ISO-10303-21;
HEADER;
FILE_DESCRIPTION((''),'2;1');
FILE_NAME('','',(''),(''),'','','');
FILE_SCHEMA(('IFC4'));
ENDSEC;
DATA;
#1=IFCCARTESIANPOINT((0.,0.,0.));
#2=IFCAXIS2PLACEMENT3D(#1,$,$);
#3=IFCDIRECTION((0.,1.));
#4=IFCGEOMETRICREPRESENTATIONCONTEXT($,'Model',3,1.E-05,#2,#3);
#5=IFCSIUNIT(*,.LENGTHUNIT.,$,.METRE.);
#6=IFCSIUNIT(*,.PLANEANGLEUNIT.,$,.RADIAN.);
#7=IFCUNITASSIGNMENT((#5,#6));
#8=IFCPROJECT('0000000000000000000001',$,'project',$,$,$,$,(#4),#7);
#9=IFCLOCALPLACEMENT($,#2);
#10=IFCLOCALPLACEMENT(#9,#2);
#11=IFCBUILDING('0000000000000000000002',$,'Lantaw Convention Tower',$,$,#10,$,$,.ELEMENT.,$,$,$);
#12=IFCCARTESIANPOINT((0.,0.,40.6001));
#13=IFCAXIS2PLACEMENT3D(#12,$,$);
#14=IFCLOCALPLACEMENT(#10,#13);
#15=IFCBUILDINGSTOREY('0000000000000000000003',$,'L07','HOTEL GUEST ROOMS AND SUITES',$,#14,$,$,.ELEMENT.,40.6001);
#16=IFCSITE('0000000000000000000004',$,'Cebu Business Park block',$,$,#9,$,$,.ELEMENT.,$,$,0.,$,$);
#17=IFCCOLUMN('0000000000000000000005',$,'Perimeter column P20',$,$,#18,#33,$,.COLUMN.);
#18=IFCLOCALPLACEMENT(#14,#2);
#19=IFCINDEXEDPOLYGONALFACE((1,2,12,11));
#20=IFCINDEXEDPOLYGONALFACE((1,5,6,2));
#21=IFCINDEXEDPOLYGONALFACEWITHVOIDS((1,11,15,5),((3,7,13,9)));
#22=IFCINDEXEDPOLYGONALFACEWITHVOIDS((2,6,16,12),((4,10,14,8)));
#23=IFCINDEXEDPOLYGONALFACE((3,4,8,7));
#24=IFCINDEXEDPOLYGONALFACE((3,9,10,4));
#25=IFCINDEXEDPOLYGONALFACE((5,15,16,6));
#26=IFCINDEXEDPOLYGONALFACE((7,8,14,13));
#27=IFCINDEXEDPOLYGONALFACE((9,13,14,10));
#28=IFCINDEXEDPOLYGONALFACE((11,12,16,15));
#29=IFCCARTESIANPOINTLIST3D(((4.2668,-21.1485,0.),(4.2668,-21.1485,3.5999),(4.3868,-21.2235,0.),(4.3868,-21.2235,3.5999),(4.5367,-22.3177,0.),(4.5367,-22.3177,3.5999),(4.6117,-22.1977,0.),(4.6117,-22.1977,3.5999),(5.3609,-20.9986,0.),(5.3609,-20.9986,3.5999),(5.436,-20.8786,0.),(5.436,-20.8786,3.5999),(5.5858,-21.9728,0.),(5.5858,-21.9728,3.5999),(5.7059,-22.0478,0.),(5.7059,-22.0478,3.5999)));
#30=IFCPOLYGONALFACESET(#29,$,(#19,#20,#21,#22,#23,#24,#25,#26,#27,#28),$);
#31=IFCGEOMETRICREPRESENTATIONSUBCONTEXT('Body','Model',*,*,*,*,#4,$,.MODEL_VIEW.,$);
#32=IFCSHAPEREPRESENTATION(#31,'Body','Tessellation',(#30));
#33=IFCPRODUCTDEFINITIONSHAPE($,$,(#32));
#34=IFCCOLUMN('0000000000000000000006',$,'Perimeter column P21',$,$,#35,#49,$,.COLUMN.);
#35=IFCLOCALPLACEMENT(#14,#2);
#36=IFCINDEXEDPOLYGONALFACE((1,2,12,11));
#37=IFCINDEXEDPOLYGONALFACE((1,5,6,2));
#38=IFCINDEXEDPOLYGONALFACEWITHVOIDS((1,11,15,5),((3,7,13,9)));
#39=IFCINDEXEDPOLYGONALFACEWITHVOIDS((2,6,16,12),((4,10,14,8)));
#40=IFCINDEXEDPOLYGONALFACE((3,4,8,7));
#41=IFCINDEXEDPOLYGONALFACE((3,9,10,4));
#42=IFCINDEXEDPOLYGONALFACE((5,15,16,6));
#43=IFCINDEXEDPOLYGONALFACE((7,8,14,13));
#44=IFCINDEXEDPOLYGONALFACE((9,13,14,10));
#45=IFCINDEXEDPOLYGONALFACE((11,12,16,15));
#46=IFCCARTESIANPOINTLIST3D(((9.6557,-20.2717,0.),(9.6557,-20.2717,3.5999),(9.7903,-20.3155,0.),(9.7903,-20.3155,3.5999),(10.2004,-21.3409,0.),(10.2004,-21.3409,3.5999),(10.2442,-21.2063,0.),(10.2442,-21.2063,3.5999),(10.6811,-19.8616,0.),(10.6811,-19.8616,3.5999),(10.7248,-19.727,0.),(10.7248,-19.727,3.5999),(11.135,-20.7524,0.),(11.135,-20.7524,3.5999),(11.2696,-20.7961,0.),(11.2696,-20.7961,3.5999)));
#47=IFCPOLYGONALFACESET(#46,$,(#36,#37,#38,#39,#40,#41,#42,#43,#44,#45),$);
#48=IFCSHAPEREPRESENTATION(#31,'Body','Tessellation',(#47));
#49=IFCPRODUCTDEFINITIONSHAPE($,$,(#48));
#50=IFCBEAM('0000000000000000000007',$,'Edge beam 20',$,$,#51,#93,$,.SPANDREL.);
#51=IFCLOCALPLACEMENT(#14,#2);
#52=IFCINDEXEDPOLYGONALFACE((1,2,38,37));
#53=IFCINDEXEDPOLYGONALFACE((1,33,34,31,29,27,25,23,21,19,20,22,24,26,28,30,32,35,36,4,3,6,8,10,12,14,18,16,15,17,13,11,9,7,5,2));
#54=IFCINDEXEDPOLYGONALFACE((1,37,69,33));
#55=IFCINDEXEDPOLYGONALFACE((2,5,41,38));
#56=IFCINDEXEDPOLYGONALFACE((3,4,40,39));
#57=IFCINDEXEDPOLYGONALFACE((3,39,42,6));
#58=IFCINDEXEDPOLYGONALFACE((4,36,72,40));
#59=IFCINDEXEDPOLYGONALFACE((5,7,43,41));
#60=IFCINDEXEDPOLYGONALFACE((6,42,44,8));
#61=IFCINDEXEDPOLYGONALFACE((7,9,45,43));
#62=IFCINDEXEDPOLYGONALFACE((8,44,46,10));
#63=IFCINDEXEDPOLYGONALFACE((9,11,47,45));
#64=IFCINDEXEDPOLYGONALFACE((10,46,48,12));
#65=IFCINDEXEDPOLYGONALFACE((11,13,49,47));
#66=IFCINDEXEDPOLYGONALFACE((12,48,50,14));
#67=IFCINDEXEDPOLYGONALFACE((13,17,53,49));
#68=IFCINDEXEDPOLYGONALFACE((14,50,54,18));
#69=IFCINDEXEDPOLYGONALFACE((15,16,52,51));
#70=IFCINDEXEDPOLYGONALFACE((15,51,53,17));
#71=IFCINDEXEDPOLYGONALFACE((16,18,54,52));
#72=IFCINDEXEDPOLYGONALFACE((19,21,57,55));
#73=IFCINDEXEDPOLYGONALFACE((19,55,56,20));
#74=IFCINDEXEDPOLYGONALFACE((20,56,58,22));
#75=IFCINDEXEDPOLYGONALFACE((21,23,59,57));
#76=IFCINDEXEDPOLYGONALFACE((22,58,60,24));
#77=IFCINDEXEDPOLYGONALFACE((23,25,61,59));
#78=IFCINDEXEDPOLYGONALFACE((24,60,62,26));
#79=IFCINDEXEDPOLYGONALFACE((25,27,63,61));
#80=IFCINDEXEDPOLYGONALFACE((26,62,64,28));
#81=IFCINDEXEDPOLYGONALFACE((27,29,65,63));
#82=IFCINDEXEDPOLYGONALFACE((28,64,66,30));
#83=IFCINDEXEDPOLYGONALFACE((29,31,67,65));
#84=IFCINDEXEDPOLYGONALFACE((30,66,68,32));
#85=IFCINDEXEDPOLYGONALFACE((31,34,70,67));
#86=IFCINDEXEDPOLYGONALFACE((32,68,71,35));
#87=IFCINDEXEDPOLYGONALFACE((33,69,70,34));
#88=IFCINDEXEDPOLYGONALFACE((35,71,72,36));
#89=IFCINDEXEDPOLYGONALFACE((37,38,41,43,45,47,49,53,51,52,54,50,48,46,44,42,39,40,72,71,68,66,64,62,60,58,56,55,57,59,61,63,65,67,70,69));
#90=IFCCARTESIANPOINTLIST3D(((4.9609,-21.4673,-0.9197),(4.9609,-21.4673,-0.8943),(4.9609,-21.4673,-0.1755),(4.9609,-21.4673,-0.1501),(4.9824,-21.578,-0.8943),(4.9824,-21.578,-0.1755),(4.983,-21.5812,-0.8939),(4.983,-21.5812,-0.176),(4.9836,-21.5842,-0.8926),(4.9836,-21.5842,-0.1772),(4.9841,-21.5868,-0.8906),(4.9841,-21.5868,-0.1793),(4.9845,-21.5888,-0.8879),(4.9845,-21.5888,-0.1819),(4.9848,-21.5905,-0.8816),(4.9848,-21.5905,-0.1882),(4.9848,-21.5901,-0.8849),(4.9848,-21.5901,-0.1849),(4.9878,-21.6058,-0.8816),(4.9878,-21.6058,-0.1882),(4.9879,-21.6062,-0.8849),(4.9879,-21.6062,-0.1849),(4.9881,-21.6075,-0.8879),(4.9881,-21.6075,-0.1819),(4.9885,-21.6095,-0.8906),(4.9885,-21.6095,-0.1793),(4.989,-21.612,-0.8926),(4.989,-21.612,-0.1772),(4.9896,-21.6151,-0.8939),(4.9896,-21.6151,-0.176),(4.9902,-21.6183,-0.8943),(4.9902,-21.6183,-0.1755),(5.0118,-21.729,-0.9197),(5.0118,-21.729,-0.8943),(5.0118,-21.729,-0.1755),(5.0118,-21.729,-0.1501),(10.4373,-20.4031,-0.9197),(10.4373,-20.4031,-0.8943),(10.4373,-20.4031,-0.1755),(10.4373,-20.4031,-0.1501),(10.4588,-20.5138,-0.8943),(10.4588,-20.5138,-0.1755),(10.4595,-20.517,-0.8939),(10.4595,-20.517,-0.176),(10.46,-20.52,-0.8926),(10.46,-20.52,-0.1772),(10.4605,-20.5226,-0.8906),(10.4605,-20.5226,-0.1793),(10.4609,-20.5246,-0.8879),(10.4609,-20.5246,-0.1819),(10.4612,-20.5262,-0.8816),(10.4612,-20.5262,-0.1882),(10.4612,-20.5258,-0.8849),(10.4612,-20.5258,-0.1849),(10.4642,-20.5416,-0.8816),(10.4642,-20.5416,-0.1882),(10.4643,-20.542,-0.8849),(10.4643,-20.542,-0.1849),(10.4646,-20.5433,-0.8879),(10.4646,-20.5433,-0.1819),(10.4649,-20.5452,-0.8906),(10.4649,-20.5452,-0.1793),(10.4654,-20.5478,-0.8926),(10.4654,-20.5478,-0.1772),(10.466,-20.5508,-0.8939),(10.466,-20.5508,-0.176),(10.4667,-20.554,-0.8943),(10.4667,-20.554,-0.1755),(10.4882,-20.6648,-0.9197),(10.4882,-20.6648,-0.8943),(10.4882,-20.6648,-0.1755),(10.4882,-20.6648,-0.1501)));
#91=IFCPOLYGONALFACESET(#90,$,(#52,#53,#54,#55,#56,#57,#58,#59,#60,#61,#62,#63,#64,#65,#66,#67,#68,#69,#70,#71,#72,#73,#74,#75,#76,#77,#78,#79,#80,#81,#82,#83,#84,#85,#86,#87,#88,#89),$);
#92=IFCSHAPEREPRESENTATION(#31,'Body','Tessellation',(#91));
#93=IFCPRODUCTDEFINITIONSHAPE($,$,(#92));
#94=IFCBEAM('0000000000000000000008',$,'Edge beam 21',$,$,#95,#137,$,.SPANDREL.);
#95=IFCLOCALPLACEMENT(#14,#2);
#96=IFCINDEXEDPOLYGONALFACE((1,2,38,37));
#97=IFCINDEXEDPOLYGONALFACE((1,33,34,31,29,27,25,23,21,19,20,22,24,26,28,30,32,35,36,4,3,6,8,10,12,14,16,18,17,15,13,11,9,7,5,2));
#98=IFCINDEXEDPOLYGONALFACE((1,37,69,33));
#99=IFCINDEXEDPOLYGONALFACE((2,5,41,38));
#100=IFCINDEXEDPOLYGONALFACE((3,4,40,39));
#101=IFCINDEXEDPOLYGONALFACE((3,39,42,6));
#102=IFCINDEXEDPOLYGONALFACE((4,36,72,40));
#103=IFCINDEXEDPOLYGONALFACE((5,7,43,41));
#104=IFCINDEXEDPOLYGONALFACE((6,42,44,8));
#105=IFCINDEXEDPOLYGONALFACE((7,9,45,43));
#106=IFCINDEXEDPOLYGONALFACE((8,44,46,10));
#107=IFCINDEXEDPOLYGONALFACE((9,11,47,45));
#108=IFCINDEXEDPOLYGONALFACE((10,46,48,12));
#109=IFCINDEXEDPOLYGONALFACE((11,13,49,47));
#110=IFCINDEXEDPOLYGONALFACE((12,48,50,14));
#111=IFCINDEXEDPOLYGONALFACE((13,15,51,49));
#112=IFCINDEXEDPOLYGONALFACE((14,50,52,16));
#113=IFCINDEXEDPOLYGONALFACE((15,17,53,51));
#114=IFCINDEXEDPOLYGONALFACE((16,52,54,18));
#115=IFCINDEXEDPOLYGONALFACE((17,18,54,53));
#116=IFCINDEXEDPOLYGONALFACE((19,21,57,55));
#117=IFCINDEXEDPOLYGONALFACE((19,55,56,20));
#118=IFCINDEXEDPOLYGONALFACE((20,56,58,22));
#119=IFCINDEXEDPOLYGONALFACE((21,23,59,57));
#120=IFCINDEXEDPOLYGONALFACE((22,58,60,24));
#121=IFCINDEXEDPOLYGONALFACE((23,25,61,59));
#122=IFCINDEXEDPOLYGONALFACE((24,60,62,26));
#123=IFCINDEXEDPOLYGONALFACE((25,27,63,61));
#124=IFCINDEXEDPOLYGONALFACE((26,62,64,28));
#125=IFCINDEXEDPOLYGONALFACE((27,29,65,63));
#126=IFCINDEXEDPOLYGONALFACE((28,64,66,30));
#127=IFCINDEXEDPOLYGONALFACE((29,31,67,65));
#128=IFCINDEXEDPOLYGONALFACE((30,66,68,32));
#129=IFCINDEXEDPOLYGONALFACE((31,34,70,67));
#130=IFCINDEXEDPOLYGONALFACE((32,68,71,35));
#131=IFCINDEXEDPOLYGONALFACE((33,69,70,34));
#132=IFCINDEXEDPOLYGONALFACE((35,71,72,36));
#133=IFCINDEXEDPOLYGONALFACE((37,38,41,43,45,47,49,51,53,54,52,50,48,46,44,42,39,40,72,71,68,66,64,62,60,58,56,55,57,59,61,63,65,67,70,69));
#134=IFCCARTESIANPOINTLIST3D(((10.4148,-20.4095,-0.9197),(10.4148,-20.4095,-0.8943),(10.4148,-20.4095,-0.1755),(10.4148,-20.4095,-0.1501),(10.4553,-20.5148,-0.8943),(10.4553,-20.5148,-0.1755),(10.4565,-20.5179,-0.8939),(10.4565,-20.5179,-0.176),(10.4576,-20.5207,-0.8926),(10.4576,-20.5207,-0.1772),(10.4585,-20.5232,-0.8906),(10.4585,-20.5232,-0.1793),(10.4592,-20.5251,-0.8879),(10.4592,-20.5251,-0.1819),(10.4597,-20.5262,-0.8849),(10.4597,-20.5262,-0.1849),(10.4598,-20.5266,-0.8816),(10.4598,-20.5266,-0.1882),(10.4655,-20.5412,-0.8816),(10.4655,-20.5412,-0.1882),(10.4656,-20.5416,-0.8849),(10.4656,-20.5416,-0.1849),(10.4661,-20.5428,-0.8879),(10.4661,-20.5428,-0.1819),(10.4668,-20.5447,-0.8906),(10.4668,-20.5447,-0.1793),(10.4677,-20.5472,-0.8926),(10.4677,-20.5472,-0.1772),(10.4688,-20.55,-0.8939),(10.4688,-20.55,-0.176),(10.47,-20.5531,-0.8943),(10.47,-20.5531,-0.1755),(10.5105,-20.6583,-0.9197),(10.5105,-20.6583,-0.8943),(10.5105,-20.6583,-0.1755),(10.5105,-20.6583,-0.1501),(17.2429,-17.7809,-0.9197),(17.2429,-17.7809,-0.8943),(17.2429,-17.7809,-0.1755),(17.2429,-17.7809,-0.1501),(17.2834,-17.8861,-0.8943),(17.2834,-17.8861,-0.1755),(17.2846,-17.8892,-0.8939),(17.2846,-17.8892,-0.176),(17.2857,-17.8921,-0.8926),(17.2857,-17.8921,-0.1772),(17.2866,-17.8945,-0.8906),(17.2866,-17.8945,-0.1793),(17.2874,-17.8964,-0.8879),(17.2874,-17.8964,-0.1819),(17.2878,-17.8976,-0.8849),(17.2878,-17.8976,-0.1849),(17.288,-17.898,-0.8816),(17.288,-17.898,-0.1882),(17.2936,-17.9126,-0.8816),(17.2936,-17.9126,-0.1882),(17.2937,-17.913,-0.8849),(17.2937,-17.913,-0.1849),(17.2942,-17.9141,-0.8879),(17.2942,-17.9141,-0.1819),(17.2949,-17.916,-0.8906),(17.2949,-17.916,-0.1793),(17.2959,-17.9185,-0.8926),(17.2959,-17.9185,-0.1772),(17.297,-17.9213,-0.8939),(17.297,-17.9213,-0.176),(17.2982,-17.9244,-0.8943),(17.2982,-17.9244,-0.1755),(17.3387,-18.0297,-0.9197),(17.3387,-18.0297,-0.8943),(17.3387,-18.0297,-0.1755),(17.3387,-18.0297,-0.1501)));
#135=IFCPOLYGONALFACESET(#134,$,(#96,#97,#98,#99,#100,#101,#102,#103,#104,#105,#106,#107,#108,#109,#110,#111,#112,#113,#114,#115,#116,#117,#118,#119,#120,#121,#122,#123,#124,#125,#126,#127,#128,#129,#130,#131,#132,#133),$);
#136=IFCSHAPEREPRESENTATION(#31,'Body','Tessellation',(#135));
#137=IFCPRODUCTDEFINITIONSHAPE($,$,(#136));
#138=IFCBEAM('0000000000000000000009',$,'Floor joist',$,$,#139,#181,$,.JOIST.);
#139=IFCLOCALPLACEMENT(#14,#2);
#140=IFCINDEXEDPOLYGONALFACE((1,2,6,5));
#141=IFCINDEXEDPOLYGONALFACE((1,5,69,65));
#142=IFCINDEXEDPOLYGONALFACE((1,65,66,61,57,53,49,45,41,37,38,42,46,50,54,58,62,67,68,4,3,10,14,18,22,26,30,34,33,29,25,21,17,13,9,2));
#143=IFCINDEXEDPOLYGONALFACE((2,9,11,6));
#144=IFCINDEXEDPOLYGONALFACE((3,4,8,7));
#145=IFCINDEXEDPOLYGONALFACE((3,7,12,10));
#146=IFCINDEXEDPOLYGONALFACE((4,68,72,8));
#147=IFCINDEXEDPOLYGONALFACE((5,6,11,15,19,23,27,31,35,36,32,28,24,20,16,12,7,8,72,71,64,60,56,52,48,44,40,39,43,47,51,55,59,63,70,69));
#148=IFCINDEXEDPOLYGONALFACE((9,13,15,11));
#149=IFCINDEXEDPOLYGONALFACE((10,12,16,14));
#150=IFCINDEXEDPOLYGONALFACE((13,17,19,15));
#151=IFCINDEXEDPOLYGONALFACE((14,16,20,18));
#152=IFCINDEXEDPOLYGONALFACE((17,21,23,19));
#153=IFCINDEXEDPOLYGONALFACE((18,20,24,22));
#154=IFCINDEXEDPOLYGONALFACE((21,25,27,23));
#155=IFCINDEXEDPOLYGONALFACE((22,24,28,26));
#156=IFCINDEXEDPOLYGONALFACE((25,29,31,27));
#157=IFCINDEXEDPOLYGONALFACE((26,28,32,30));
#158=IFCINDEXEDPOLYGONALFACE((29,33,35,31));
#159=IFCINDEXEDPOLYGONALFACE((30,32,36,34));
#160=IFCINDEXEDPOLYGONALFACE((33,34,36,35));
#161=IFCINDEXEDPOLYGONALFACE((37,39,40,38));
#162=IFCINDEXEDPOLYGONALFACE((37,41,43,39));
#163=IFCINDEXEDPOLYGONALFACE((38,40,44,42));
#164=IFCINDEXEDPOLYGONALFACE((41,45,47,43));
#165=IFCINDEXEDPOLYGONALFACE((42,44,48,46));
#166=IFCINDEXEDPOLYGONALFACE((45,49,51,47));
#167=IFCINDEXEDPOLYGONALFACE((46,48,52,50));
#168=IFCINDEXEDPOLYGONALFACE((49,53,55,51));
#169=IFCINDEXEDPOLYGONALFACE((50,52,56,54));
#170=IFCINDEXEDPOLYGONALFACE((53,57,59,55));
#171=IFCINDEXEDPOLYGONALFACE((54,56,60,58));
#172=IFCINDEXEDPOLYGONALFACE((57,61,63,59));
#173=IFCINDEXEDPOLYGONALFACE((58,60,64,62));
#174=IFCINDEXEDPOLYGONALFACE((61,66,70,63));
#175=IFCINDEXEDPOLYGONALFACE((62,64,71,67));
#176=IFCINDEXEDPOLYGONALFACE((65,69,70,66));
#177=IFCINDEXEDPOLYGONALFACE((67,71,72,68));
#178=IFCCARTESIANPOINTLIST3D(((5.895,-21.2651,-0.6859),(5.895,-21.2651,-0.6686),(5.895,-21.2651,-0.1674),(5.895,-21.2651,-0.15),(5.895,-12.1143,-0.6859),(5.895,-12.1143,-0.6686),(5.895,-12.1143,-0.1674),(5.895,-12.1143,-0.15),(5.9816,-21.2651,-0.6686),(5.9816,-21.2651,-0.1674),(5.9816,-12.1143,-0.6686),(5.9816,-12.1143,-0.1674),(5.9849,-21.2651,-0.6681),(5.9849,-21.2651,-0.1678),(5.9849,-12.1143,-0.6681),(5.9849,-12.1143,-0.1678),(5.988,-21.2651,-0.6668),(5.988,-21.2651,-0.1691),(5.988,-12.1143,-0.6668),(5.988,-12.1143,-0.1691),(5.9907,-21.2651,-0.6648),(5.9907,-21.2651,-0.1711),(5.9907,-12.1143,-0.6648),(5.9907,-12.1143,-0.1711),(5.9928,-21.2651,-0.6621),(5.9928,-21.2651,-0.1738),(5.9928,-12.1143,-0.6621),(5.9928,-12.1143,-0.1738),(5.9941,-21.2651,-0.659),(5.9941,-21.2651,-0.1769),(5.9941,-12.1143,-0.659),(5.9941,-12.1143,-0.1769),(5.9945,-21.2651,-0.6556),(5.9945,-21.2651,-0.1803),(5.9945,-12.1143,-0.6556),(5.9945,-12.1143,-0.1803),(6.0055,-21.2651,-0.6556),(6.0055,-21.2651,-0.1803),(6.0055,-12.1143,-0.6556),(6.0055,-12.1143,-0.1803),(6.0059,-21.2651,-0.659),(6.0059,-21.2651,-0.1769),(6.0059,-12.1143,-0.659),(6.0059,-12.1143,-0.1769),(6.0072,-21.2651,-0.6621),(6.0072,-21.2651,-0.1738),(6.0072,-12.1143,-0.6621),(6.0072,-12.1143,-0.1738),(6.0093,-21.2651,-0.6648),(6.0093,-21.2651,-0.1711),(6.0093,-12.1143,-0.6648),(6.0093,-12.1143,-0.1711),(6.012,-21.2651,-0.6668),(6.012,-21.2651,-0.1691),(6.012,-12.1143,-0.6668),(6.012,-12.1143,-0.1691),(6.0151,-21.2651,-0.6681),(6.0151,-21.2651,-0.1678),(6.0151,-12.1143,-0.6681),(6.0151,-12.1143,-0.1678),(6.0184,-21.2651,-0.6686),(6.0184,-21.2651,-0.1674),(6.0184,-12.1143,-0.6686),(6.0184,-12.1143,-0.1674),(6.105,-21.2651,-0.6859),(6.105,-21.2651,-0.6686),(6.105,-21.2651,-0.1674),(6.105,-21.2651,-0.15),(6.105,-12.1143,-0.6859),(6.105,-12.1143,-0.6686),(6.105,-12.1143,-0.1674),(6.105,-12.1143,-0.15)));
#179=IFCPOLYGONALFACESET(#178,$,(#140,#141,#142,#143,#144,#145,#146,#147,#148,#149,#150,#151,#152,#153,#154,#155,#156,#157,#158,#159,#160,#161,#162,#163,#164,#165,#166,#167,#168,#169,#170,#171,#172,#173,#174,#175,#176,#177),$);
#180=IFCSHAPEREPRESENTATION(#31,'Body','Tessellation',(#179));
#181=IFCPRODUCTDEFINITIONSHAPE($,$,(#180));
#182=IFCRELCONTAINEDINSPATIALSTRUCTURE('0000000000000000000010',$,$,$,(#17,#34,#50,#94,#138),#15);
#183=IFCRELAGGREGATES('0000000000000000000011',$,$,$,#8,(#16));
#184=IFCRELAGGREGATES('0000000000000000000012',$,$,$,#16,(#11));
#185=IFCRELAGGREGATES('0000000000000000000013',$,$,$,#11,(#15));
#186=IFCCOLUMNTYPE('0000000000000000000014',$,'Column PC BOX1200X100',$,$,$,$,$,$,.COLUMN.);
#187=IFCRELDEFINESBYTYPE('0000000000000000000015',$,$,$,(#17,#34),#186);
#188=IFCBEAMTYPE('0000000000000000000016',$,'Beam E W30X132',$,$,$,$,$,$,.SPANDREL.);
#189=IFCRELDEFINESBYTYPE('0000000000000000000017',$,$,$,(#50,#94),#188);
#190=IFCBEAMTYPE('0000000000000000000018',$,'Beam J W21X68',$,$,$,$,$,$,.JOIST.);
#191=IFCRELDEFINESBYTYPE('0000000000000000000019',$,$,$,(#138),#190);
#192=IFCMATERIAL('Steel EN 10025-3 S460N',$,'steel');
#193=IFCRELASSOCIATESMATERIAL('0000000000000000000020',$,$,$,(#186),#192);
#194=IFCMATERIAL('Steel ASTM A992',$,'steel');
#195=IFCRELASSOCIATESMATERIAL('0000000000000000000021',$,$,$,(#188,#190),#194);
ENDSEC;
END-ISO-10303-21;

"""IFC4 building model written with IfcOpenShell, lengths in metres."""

from ifc_helpers import new_model, si_unit, direction, frame, origin, origin_2d, place, context, subcontext, project, spatial, rectangle, hollow_rectangle, i_section, extrude, material, material_profile, profile_set, type_object, element, save


model = new_model("IFC4")

# Units and contexts
model_context = context("Model", 3, precision=1e-05, world=origin(), true_north=direction((0.0, 1.0)))
body_context = subcontext(model_context, "Body", "Model", "MODEL_VIEW")
ifc_project = project(units=[si_unit("LENGTHUNIT", "METRE"), si_unit("PLANEANGLEUNIT", "RADIAN")], contexts=[model_context])

# Site, building, storey
site_placement = place(None, origin())
site = spatial("IfcSite", under=ifc_project, at=site_placement, Name="Cebu Business Park block", CompositionType="ELEMENT", RefElevation=0.0)
building_placement = place(site_placement, origin())
building = spatial("IfcBuilding", under=site, at=building_placement, Name="Lantaw Convention Tower", CompositionType="ELEMENT")
storey_placement = place(building_placement, frame((0.0, 0.0, 40.6001)))
storey = spatial("IfcBuildingStorey", under=building, at=storey_placement, Name="L07", Description="HOTEL GUEST ROOMS AND SUITES", CompositionType="ELEMENT", Elevation=40.6001)

# Columns
ifc_material_1 = material(Name="Steel EN 10025-3 S460N", Category="steel")
ifc_material_profile_1 = material_profile(ifc_material_1, hollow_rectangle(XDim=1.2, YDim=1.2, WallThickness=0.1001, at=origin_2d()), Name="BOX1200X100")
ifc_material_2 = material(Name="Concrete C60/75", Category="concrete")
ifc_material_profile_2 = material_profile(ifc_material_2, rectangle(XDim=1.0, YDim=1.0, at=origin_2d()), Name="Concrete fill of BOX1200X100")
ifc_profile_set_1 = profile_set([ifc_material_profile_1, ifc_material_profile_2], Name="Steel EN 10025-3 S460N")
column_type = type_object("IfcColumnType", Name="Column PC BOX1200X100", PredefinedType="COLUMN", material=ifc_profile_set_1)
for number, where, z_axis, x_axis, name in (
    (1, (4.9863, -21.5981, 0.0), (0.0, 0.0, 1.0), (0.97437, 0.224951, 0.0), "Perimeter column P20"),
    (2, (10.4626, -20.5339, 0.0), (0.0, 0.0, 1.0), (0.891007, 0.45399, 0.0), "Perimeter column P21"),
):
    element("IfcColumn", number, at=place(storey_placement, frame(where, z_axis=z_axis, x_axis=x_axis)), inside=storey, type_object=column_type, Name=name, PredefinedType="COLUMN", context=body_context, shape_type="SweptSolid", body=[
        extrude(hollow_rectangle(XDim=1.2, YDim=1.2, WallThickness=0.1001, at=origin_2d()), origin(), (0.0, 0.0, 1.0), 3.5999),
    ])

# Beams
ifc_material_3 = material(Name="Steel ASTM A992", Category="steel")
ifc_material_profile_3 = material_profile(ifc_material_3, i_section(OverallWidth=0.2666, OverallDepth=0.7695, WebThickness=0.0156, FlangeThickness=0.0254, FilletRadius=0.0127, at=origin_2d()), Name="W30X132")
ifc_profile_set_2 = profile_set([ifc_material_profile_3], Name="Steel ASTM A992")
beam_type_1 = type_object("IfcBeamType", Name="Beam E W30X132", PredefinedType="SPANDREL", material=ifc_profile_set_2)
beam_1_placement = place(storey_placement, frame((4.9863, -21.5981, -0.5349), z_axis=(0.981637, 0.190761, 0.0), x_axis=(-0.190761, 0.981637, 0.0)))
element("IfcBeam", 3, at=beam_1_placement, inside=storey, type_object=beam_type_1, Name="Edge beam 20", PredefinedType="SPANDREL", context=body_context, shape_type="SweptSolid", body=[
    extrude(i_section(OverallWidth=0.2666, OverallDepth=0.7695, WebThickness=0.0156, FlangeThickness=0.0254, FilletRadius=0.0127, at=origin_2d()), origin(), (0.0, 0.0, 1.0), 5.5789),
])
beam_2_placement = place(storey_placement, frame((10.4626, -20.5339, -0.5349), z_axis=(0.933233, 0.359272, 0.0), x_axis=(-0.359272, 0.933233, 0.0)))
element("IfcBeam", 4, at=beam_2_placement, inside=storey, type_object=beam_type_1, Name="Edge beam 21", PredefinedType="SPANDREL", context=body_context, shape_type="SweptSolid", body=[
    extrude(i_section(OverallWidth=0.2666, OverallDepth=0.7695, WebThickness=0.0156, FlangeThickness=0.0254, FilletRadius=0.0127, at=origin_2d()), origin(), (0.0, 0.0, 1.0), 7.3167),
])
ifc_material_profile_4 = material_profile(ifc_material_3, i_section(OverallWidth=0.21, OverallDepth=0.5359, WebThickness=0.011, FlangeThickness=0.0173, FilletRadius=0.0129, at=origin_2d()), Name="W21X68")
ifc_profile_set_3 = profile_set([ifc_material_profile_4], Name="Steel ASTM A992")
beam_type_2 = type_object("IfcBeamType", Name="Beam J W21X68", PredefinedType="JOIST", material=ifc_profile_set_3)
beam_3_placement = place(storey_placement, frame((6.0, -21.2651, -0.418), z_axis=(0.0, 1.0, 0.0), x_axis=(-1.0, 0.0, 0.0)))
element("IfcBeam", 5, at=beam_3_placement, inside=storey, type_object=beam_type_2, Name="Floor joist", PredefinedType="JOIST", context=body_context, shape_type="SweptSolid", body=[
    extrude(i_section(OverallWidth=0.21, OverallDepth=0.5359, WebThickness=0.011, FlangeThickness=0.0173, FilletRadius=0.0129, at=origin_2d()), origin(), (0.0, 0.0, 1.0), 9.1509),
])

save(model, "model.ifc")
